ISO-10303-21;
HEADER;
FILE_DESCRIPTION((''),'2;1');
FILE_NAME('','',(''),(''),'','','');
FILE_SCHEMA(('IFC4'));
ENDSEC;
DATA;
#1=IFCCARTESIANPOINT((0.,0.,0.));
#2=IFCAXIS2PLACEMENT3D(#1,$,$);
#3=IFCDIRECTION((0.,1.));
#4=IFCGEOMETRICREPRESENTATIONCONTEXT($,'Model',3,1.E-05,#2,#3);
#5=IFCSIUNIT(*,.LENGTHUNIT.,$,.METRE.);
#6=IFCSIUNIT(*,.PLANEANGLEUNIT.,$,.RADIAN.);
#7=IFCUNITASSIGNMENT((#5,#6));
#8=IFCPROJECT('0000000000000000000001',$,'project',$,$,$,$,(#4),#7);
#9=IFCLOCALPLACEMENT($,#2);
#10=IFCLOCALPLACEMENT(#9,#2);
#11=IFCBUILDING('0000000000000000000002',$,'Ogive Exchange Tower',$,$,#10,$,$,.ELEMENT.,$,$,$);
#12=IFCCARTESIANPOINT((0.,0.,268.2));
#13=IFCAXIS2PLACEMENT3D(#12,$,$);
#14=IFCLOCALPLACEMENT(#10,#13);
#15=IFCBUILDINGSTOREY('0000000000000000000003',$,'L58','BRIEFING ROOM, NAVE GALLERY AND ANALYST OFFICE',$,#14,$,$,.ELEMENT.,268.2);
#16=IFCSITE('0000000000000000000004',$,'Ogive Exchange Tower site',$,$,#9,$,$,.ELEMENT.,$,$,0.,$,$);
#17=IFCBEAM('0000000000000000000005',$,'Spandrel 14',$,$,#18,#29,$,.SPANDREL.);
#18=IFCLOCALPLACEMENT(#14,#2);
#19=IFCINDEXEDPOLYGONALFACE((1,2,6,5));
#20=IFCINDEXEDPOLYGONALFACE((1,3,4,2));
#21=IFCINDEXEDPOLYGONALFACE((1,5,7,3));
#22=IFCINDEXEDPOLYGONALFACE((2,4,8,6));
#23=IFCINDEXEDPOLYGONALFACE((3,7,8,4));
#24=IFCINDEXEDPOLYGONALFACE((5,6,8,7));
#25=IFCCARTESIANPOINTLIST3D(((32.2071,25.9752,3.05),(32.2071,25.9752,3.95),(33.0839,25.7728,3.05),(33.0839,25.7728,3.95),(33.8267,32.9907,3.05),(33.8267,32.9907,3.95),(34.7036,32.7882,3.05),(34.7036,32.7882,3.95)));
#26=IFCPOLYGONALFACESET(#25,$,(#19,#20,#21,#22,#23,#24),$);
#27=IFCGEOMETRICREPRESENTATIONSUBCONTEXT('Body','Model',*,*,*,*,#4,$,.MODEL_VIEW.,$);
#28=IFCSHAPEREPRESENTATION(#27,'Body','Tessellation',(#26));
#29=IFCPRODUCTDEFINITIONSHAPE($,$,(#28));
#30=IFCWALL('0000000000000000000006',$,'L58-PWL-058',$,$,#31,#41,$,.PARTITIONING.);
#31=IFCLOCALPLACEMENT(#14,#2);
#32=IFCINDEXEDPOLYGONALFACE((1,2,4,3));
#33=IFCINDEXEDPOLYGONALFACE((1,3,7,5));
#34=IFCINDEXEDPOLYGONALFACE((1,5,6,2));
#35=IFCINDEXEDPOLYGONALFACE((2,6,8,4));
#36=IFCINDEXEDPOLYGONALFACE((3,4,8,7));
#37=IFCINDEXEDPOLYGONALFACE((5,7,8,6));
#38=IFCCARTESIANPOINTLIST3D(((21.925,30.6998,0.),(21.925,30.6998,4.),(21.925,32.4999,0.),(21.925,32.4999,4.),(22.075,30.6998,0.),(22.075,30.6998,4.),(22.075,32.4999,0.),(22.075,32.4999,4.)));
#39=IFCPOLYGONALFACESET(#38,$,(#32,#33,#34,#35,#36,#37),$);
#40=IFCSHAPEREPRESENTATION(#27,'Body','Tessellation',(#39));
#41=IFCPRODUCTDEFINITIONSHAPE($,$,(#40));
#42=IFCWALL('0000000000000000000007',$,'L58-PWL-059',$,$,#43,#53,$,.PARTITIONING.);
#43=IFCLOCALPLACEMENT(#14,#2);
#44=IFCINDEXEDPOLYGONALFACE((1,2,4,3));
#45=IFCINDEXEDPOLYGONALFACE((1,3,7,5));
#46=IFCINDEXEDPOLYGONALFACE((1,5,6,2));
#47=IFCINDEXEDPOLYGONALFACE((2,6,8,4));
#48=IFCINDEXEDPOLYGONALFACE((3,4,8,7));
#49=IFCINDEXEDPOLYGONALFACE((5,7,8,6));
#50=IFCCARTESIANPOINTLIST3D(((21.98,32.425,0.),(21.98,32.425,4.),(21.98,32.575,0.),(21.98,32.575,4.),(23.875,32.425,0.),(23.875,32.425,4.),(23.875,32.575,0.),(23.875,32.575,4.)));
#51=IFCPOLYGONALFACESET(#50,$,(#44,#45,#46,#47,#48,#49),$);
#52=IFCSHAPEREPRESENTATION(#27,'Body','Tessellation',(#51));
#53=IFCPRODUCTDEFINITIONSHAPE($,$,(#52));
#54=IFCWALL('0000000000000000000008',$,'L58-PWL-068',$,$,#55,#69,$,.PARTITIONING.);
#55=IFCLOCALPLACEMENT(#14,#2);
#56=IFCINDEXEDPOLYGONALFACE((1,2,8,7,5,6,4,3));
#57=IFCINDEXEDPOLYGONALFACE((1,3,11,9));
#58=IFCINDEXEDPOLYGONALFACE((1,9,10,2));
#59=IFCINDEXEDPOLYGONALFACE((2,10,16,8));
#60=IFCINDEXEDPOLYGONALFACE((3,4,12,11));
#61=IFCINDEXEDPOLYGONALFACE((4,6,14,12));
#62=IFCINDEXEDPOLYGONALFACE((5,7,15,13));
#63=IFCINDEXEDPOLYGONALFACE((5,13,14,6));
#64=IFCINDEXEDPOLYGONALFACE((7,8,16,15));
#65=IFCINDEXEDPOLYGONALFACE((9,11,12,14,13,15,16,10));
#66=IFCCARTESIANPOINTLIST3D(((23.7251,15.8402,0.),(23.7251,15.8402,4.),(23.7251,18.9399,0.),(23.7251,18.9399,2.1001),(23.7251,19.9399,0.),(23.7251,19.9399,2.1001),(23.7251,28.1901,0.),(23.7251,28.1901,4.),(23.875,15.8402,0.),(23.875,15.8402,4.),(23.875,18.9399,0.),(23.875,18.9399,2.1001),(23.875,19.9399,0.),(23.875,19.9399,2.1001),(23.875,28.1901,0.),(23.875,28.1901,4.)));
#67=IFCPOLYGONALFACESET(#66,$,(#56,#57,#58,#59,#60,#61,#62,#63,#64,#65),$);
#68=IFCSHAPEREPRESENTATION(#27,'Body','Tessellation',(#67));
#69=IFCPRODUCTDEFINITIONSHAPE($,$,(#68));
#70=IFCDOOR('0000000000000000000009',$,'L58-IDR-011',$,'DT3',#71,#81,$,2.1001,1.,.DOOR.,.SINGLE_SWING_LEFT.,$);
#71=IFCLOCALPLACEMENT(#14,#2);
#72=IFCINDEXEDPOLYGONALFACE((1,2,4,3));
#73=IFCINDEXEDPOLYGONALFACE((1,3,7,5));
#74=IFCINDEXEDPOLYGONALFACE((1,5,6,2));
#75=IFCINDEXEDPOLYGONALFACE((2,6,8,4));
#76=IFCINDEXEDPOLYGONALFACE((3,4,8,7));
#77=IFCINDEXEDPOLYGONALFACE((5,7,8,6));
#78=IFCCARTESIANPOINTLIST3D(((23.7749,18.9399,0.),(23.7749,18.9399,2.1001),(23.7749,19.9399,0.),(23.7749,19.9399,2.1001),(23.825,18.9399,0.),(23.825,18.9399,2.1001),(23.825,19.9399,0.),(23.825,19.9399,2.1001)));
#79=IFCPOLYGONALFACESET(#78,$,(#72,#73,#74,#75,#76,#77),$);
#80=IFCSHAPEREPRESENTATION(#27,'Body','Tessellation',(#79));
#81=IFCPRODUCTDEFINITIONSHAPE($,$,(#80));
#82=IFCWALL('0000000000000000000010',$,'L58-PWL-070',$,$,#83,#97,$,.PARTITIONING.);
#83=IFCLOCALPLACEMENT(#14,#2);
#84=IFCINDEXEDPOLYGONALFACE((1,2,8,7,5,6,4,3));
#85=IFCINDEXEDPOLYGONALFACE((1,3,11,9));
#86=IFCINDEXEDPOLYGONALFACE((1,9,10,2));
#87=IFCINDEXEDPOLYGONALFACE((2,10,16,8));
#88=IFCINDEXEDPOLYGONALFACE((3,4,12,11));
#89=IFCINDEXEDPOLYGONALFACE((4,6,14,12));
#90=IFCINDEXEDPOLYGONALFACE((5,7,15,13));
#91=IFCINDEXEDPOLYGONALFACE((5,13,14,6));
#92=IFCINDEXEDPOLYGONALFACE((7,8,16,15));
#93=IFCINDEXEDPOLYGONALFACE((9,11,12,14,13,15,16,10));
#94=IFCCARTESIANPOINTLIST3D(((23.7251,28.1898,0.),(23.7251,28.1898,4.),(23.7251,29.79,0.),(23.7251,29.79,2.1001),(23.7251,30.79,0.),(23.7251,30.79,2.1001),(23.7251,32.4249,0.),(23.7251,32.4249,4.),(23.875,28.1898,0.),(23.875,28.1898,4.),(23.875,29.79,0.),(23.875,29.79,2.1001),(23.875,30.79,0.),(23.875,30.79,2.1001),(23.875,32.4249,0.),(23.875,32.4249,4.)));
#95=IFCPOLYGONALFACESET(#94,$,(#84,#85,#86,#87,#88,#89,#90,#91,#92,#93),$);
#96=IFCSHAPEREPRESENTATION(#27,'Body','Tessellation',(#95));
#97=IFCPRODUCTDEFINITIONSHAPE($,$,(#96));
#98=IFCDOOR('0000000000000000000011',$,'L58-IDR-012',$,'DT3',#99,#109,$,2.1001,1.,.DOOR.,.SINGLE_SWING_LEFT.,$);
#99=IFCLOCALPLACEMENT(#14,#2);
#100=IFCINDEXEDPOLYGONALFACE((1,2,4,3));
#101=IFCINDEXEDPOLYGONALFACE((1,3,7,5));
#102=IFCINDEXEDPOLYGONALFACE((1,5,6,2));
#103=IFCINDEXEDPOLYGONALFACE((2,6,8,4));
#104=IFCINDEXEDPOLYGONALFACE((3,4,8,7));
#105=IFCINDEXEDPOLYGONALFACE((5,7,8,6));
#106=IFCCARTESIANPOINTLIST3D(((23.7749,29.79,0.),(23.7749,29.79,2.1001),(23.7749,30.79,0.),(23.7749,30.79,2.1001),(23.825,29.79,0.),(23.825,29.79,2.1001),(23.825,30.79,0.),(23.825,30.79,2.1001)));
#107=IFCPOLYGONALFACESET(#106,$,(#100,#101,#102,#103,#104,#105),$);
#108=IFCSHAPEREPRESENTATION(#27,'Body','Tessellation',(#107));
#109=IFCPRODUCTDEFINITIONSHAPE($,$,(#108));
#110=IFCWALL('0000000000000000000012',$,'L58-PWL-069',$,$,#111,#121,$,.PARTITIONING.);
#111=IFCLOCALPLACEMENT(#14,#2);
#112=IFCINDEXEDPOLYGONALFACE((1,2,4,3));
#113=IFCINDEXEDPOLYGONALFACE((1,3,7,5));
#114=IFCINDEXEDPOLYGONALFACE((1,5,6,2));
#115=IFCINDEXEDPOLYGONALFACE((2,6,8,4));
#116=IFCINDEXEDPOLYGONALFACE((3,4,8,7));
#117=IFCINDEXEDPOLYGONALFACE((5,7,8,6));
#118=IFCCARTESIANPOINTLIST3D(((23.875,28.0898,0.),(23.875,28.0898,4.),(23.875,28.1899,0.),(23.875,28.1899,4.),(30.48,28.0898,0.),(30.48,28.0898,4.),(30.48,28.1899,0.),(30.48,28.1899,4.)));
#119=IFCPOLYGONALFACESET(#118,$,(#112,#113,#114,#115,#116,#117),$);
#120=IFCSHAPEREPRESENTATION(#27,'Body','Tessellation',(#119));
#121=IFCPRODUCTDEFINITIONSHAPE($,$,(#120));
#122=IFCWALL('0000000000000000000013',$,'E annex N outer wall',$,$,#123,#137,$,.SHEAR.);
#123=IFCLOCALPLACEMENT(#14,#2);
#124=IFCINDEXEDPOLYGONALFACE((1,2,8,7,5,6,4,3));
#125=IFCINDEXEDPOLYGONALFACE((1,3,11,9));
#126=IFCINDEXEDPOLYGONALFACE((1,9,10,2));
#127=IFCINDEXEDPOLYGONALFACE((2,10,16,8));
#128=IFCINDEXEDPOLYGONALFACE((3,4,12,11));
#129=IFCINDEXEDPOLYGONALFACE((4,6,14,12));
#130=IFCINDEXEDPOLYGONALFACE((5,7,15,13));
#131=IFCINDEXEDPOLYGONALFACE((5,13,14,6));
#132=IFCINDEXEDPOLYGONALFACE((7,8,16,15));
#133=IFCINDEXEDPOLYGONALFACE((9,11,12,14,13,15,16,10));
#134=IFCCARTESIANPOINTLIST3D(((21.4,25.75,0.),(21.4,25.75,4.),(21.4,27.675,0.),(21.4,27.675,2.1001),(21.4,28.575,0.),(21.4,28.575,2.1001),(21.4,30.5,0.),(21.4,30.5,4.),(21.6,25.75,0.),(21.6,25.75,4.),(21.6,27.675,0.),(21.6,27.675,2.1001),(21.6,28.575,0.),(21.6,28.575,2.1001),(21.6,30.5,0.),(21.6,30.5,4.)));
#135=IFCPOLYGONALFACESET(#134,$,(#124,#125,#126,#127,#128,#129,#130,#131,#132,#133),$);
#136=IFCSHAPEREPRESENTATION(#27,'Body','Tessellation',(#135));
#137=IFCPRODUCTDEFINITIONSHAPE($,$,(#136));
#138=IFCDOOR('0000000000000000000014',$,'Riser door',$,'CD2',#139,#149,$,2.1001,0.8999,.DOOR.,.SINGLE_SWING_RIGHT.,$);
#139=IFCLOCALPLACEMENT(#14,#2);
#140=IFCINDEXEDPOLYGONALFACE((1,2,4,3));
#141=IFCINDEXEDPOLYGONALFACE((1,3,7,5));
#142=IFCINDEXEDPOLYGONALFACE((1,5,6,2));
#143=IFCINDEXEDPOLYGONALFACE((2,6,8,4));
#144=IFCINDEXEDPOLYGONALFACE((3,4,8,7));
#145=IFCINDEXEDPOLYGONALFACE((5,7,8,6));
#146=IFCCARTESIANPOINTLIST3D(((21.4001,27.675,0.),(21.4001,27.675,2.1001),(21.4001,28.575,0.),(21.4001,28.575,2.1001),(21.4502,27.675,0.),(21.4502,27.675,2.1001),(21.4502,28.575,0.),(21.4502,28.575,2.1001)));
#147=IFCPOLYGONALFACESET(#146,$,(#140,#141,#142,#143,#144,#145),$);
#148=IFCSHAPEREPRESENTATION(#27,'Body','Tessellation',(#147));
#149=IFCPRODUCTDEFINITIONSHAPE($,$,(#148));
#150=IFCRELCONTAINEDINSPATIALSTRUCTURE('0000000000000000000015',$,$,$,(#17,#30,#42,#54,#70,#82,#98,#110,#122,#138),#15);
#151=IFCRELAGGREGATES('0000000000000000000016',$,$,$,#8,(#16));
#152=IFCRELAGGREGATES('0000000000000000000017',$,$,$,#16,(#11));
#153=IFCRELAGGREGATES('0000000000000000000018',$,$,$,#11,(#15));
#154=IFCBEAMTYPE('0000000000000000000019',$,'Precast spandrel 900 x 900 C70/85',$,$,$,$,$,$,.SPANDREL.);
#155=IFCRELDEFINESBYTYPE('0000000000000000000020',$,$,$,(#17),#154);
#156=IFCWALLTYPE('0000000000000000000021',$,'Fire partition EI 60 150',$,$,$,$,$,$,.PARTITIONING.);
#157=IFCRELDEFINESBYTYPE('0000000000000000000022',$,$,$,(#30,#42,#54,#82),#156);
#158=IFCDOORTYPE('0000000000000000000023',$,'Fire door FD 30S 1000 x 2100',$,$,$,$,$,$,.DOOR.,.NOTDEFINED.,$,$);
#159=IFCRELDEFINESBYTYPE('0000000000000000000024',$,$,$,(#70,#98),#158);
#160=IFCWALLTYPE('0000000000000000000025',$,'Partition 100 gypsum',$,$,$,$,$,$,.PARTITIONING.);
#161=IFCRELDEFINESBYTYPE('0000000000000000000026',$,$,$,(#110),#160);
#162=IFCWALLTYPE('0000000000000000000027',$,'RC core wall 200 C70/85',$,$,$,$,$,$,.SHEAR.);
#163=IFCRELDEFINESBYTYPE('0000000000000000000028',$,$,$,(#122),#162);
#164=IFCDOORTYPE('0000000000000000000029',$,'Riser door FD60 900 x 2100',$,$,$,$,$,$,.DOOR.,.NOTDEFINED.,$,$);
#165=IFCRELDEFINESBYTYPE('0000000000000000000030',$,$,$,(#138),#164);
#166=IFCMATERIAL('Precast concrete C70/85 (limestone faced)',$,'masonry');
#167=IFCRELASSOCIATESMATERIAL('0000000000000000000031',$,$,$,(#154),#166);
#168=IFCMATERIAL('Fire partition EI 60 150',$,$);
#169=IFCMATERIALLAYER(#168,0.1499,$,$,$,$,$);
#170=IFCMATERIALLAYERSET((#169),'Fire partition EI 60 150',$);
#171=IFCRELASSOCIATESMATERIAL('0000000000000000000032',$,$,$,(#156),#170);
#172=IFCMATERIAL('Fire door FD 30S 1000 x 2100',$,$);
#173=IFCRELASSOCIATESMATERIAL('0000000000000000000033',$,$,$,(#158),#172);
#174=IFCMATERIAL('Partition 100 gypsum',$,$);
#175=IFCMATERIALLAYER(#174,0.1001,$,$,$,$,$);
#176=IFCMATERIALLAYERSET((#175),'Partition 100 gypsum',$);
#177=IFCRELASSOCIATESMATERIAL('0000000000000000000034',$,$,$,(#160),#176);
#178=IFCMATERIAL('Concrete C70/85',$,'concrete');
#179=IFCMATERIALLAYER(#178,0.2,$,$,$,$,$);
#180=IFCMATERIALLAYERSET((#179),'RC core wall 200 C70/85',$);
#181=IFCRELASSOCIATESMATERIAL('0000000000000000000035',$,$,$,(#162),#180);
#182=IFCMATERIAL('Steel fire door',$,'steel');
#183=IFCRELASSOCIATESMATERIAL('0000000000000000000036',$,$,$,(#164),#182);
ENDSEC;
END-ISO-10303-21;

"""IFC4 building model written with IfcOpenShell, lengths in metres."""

from ifc_helpers import new_model, si_unit, direction, frame, frame_2d, origin, origin_2d, place, context, subcontext, project, spatial, rectangle, extrude, material, layer, layer_set, material_profile, profile_set, type_object, element, fill, save


model = new_model("IFC4")

# Units and contexts
model_context = context("Model", 3, precision=1e-05, world=origin(), true_north=direction((0.0, 1.0)))
body_context = subcontext(model_context, "Body", "Model", "MODEL_VIEW")
ifc_project = project(units=[si_unit("LENGTHUNIT", "METRE"), si_unit("PLANEANGLEUNIT", "RADIAN")], contexts=[model_context])

# Site, building, storey
site_placement = place(None, origin())
site = spatial("IfcSite", under=ifc_project, at=site_placement, Name="Ogive Exchange Tower site", CompositionType="ELEMENT", RefElevation=0.0)
building_placement = place(site_placement, origin())
building = spatial("IfcBuilding", under=site, at=building_placement, Name="Ogive Exchange Tower", CompositionType="ELEMENT")
storey_placement = place(building_placement, frame((0.0, 0.0, 268.2)))
storey = spatial("IfcBuildingStorey", under=building, at=storey_placement, Name="L58", Description="BRIEFING ROOM, NAVE GALLERY AND ANALYST OFFICE", CompositionType="ELEMENT", Elevation=268.2)

# Shared definitions
ifc_material_1 = material(Name="Precast concrete C70/85 (limestone faced)", Category="masonry")

# Beam
ifc_material_profile_1 = material_profile(ifc_material_1, rectangle(XDim=0.8999, YDim=0.8999, at=origin_2d()), Name="900 x 900")
ifc_profile_set_1 = profile_set([ifc_material_profile_1], Name="Precast concrete C70/85 (limestone faced)")
beam_type_1 = type_object("IfcBeamType", Name="Precast spandrel 900 x 900 C70/85", PredefinedType="SPANDREL", material=ifc_profile_set_1)
for number, where, z_axis, x_axis, name in (
    (1, (32.6455, 25.874, 3.5), (0.224951, 0.97437, 0.0), (-0.97437, 0.224951, 0.0), "Spandrel 14"),
):
    element("IfcBeam", number, at=place(storey_placement, frame(where, z_axis=z_axis, x_axis=x_axis)), inside=storey, type_object=beam_type_1, Name=name, PredefinedType="SPANDREL", context=body_context, shape_type="SweptSolid", body=[
        extrude(rectangle(XDim=0.8999, YDim=0.8999, at=origin_2d()), origin(), (0.0, 0.0, 1.0), 7.2),
    ])

# Walls
ifc_material_2 = material(Name="Fire partition EI 60 150")
ifc_layer_1 = layer(ifc_material_2, 0.1499)
ifc_layer_set_1 = layer_set([ifc_layer_1], Name="Fire partition EI 60 150")
wall_type_1 = type_object("IfcWallType", Name="Fire partition EI 60 150", PredefinedType="PARTITIONING", material=ifc_layer_set_1)
wall_1_placement = place(storey_placement, frame((22.0, 30.7, 0.0), z_axis=(0.0, 0.0, 1.0), x_axis=(0.0, 1.0, 0.0)))
element("IfcWall", 2, at=wall_1_placement, inside=storey, type_object=wall_type_1, Name="L58-PWL-058", PredefinedType="PARTITIONING", context=body_context, shape_type="SweptSolid", body=[
    extrude(rectangle(XDim=1.8, YDim=0.1499, at=frame_2d((0.8999, 0.0))), origin(), (0.0, 0.0, 1.0), 4.0),
])
wall_2_placement = place(storey_placement, frame((21.98, 32.5, 0.0), z_axis=(0.0, 0.0, 1.0), x_axis=(1.0, 0.0, 0.0)))
element("IfcWall", 3, at=wall_2_placement, inside=storey, type_object=wall_type_1, Name="L58-PWL-059", PredefinedType="PARTITIONING", context=body_context, shape_type="SweptSolid", body=[
    extrude(rectangle(XDim=1.895, YDim=0.1499, at=frame_2d((0.9475, 0.0))), origin(), (0.0, 0.0, 1.0), 4.0),
])

# Walls, openings, doors
wall_3_placement = place(storey_placement, frame((23.8, 28.1899, 0.0), z_axis=(0.0, 0.0, 1.0), x_axis=(0.0, -1.0, 0.0)))
wall_3 = element("IfcWall", 4, at=wall_3_placement, inside=storey, type_object=wall_type_1, Name="L58-PWL-068", PredefinedType="PARTITIONING", context=body_context, shape_type="SweptSolid", body=[
    extrude(rectangle(XDim=12.3499, YDim=0.1499, at=frame_2d((6.1748, 0.0))), origin(), (0.0, 0.0, 1.0), 4.0),
])
opening_1_placement = place(wall_3_placement, frame((8.25, 0.0, 0.0)))
opening_1 = element("IfcOpeningElement", 5, at=opening_1_placement, cuts=wall_3, PredefinedType="OPENING", context=body_context, shape_type="SweptSolid", body=[
    extrude(rectangle(XDim=1.0, YDim=2.1001, at=frame_2d((0.5, 1.05))), frame((0.0, 0.085, 0.0), z_axis=(0.0, -1.0, 0.0), x_axis=(1.0, 0.0, 0.0)), (0.0, 0.0, 1.0), 0.1699),
])
ifc_material_3 = material(Name="Fire door FD 30S 1000 x 2100")
door_type_1 = type_object("IfcDoorType", Name="Fire door FD 30S 1000 x 2100", OperationType="NOTDEFINED", PredefinedType="DOOR", material=ifc_material_3)
door_1_placement = place(opening_1_placement, origin())
door_1 = element("IfcDoor", 6, at=door_1_placement, inside=storey, type_object=door_type_1, Name="L58-IDR-011", ObjectType="DT3", OperationType="SINGLE_SWING_LEFT", OverallHeight=2.1001, OverallWidth=1.0, PredefinedType="DOOR", context=body_context, shape_type="SweptSolid", body=[
    extrude(rectangle(XDim=1.0, YDim=2.1001, at=frame_2d((0.5, 1.05))), frame((0.0, 0.0249, 0.0), z_axis=(0.0, -1.0, 0.0), x_axis=(1.0, 0.0, 0.0)), (0.0, 0.0, 1.0), 0.05),
])
fill(opening_1, door_1)
wall_4_placement = place(storey_placement, frame((23.8, 32.425, 0.0), z_axis=(0.0, 0.0, 1.0), x_axis=(0.0, -1.0, 0.0)))
wall_4 = element("IfcWall", 7, at=wall_4_placement, inside=storey, type_object=wall_type_1, Name="L58-PWL-070", PredefinedType="PARTITIONING", context=body_context, shape_type="SweptSolid", body=[
    extrude(rectangle(XDim=4.2351, YDim=0.1499, at=frame_2d((2.1177, 0.0))), origin(), (0.0, 0.0, 1.0), 4.0),
])
opening_2_placement = place(wall_4_placement, frame((1.635, 0.0, 0.0)))
opening_2 = element("IfcOpeningElement", 8, at=opening_2_placement, cuts=wall_4, PredefinedType="OPENING", context=body_context, shape_type="SweptSolid", body=[
    extrude(rectangle(XDim=1.0, YDim=2.1001, at=frame_2d((0.5, 1.05))), frame((0.0, 0.085, 0.0), z_axis=(0.0, -1.0, 0.0), x_axis=(1.0, 0.0, 0.0)), (0.0, 0.0, 1.0), 0.1699),
])
door_2_placement = place(opening_2_placement, origin())
door_2 = element("IfcDoor", 9, at=door_2_placement, inside=storey, type_object=door_type_1, Name="L58-IDR-012", ObjectType="DT3", OperationType="SINGLE_SWING_LEFT", OverallHeight=2.1001, OverallWidth=1.0, PredefinedType="DOOR", context=body_context, shape_type="SweptSolid", body=[
    extrude(rectangle(XDim=1.0, YDim=2.1001, at=frame_2d((0.5, 1.05))), frame((0.0, 0.0249, 0.0), z_axis=(0.0, -1.0, 0.0), x_axis=(1.0, 0.0, 0.0)), (0.0, 0.0, 1.0), 0.05),
])
fill(opening_2, door_2)

# Wall
ifc_material_4 = material(Name="Partition 100 gypsum")
ifc_layer_2 = layer(ifc_material_4, 0.1001)
ifc_layer_set_2 = layer_set([ifc_layer_2], Name="Partition 100 gypsum")
wall_type_2 = type_object("IfcWallType", Name="Partition 100 gypsum", PredefinedType="PARTITIONING", material=ifc_layer_set_2)
wall_5_placement = place(storey_placement, frame((23.875, 28.1399, 0.0), z_axis=(0.0, 0.0, 1.0), x_axis=(1.0, 0.0, 0.0)))
element("IfcWall", 10, at=wall_5_placement, inside=storey, type_object=wall_type_2, Name="L58-PWL-069", PredefinedType="PARTITIONING", context=body_context, shape_type="SweptSolid", body=[
    extrude(rectangle(XDim=6.605, YDim=0.1001, at=frame_2d((3.3025, 0.0))), origin(), (0.0, 0.0, 1.0), 4.0),
])

# Wall, opening, door
ifc_material_5 = material(Name="Concrete C70/85", Category="concrete")
ifc_layer_3 = layer(ifc_material_5, 0.2)
ifc_layer_set_3 = layer_set([ifc_layer_3], Name="RC core wall 200 C70/85")
wall_type_3 = type_object("IfcWallType", Name="RC core wall 200 C70/85", PredefinedType="SHEAR", material=ifc_layer_set_3)
wall_6_placement = place(storey_placement, frame((21.5, 25.75, 0.0), z_axis=(0.0, 0.0, 1.0), x_axis=(0.0, 1.0, 0.0)))
wall_6 = element("IfcWall", 11, at=wall_6_placement, inside=storey, type_object=wall_type_3, Name="E annex N outer wall", PredefinedType="SHEAR", context=body_context, shape_type="SweptSolid", body=[
    extrude(rectangle(XDim=4.75, YDim=0.2, at=frame_2d((2.375, 0.0))), origin(), (0.0, 0.0, 1.0), 4.0),
])
opening_3_placement = place(wall_6_placement, frame((1.925, 0.0, 0.0)))
opening_3 = element("IfcOpeningElement", 12, at=opening_3_placement, cuts=wall_6, PredefinedType="OPENING", context=body_context, shape_type="SweptSolid", body=[
    extrude(rectangle(XDim=0.8999, YDim=2.1001, at=frame_2d((0.45, 1.05))), frame((0.0, 0.1099, 0.0), z_axis=(0.0, -1.0, 0.0), x_axis=(1.0, 0.0, 0.0)), (0.0, 0.0, 1.0), 0.22),
])
ifc_material_6 = material(Name="Steel fire door", Category="steel")
door_type_2 = type_object("IfcDoorType", Name="Riser door FD60 900 x 2100", OperationType="NOTDEFINED", PredefinedType="DOOR", material=ifc_material_6)
door_3_placement = place(opening_3_placement, frame((0.8999, 0.1499, 0.0), z_axis=(0.0, 0.0, 1.0), x_axis=(-1.0, 0.0, 0.0)))
door_3 = element("IfcDoor", 13, at=door_3_placement, inside=storey, type_object=door_type_2, Name="Riser door", ObjectType="CD2", OperationType="SINGLE_SWING_RIGHT", OverallHeight=2.1001, OverallWidth=0.8999, PredefinedType="DOOR", context=body_context, shape_type="SweptSolid", body=[
    extrude(rectangle(XDim=0.8999, YDim=2.1001, at=frame_2d((0.45, 1.05))), frame((0.0, 0.1001, 0.0), z_axis=(0.0, -1.0, 0.0), x_axis=(1.0, 0.0, 0.0)), (0.0, 0.0, 1.0), 0.05),
])
fill(opening_3, door_3)

save(model, "model.ifc")
